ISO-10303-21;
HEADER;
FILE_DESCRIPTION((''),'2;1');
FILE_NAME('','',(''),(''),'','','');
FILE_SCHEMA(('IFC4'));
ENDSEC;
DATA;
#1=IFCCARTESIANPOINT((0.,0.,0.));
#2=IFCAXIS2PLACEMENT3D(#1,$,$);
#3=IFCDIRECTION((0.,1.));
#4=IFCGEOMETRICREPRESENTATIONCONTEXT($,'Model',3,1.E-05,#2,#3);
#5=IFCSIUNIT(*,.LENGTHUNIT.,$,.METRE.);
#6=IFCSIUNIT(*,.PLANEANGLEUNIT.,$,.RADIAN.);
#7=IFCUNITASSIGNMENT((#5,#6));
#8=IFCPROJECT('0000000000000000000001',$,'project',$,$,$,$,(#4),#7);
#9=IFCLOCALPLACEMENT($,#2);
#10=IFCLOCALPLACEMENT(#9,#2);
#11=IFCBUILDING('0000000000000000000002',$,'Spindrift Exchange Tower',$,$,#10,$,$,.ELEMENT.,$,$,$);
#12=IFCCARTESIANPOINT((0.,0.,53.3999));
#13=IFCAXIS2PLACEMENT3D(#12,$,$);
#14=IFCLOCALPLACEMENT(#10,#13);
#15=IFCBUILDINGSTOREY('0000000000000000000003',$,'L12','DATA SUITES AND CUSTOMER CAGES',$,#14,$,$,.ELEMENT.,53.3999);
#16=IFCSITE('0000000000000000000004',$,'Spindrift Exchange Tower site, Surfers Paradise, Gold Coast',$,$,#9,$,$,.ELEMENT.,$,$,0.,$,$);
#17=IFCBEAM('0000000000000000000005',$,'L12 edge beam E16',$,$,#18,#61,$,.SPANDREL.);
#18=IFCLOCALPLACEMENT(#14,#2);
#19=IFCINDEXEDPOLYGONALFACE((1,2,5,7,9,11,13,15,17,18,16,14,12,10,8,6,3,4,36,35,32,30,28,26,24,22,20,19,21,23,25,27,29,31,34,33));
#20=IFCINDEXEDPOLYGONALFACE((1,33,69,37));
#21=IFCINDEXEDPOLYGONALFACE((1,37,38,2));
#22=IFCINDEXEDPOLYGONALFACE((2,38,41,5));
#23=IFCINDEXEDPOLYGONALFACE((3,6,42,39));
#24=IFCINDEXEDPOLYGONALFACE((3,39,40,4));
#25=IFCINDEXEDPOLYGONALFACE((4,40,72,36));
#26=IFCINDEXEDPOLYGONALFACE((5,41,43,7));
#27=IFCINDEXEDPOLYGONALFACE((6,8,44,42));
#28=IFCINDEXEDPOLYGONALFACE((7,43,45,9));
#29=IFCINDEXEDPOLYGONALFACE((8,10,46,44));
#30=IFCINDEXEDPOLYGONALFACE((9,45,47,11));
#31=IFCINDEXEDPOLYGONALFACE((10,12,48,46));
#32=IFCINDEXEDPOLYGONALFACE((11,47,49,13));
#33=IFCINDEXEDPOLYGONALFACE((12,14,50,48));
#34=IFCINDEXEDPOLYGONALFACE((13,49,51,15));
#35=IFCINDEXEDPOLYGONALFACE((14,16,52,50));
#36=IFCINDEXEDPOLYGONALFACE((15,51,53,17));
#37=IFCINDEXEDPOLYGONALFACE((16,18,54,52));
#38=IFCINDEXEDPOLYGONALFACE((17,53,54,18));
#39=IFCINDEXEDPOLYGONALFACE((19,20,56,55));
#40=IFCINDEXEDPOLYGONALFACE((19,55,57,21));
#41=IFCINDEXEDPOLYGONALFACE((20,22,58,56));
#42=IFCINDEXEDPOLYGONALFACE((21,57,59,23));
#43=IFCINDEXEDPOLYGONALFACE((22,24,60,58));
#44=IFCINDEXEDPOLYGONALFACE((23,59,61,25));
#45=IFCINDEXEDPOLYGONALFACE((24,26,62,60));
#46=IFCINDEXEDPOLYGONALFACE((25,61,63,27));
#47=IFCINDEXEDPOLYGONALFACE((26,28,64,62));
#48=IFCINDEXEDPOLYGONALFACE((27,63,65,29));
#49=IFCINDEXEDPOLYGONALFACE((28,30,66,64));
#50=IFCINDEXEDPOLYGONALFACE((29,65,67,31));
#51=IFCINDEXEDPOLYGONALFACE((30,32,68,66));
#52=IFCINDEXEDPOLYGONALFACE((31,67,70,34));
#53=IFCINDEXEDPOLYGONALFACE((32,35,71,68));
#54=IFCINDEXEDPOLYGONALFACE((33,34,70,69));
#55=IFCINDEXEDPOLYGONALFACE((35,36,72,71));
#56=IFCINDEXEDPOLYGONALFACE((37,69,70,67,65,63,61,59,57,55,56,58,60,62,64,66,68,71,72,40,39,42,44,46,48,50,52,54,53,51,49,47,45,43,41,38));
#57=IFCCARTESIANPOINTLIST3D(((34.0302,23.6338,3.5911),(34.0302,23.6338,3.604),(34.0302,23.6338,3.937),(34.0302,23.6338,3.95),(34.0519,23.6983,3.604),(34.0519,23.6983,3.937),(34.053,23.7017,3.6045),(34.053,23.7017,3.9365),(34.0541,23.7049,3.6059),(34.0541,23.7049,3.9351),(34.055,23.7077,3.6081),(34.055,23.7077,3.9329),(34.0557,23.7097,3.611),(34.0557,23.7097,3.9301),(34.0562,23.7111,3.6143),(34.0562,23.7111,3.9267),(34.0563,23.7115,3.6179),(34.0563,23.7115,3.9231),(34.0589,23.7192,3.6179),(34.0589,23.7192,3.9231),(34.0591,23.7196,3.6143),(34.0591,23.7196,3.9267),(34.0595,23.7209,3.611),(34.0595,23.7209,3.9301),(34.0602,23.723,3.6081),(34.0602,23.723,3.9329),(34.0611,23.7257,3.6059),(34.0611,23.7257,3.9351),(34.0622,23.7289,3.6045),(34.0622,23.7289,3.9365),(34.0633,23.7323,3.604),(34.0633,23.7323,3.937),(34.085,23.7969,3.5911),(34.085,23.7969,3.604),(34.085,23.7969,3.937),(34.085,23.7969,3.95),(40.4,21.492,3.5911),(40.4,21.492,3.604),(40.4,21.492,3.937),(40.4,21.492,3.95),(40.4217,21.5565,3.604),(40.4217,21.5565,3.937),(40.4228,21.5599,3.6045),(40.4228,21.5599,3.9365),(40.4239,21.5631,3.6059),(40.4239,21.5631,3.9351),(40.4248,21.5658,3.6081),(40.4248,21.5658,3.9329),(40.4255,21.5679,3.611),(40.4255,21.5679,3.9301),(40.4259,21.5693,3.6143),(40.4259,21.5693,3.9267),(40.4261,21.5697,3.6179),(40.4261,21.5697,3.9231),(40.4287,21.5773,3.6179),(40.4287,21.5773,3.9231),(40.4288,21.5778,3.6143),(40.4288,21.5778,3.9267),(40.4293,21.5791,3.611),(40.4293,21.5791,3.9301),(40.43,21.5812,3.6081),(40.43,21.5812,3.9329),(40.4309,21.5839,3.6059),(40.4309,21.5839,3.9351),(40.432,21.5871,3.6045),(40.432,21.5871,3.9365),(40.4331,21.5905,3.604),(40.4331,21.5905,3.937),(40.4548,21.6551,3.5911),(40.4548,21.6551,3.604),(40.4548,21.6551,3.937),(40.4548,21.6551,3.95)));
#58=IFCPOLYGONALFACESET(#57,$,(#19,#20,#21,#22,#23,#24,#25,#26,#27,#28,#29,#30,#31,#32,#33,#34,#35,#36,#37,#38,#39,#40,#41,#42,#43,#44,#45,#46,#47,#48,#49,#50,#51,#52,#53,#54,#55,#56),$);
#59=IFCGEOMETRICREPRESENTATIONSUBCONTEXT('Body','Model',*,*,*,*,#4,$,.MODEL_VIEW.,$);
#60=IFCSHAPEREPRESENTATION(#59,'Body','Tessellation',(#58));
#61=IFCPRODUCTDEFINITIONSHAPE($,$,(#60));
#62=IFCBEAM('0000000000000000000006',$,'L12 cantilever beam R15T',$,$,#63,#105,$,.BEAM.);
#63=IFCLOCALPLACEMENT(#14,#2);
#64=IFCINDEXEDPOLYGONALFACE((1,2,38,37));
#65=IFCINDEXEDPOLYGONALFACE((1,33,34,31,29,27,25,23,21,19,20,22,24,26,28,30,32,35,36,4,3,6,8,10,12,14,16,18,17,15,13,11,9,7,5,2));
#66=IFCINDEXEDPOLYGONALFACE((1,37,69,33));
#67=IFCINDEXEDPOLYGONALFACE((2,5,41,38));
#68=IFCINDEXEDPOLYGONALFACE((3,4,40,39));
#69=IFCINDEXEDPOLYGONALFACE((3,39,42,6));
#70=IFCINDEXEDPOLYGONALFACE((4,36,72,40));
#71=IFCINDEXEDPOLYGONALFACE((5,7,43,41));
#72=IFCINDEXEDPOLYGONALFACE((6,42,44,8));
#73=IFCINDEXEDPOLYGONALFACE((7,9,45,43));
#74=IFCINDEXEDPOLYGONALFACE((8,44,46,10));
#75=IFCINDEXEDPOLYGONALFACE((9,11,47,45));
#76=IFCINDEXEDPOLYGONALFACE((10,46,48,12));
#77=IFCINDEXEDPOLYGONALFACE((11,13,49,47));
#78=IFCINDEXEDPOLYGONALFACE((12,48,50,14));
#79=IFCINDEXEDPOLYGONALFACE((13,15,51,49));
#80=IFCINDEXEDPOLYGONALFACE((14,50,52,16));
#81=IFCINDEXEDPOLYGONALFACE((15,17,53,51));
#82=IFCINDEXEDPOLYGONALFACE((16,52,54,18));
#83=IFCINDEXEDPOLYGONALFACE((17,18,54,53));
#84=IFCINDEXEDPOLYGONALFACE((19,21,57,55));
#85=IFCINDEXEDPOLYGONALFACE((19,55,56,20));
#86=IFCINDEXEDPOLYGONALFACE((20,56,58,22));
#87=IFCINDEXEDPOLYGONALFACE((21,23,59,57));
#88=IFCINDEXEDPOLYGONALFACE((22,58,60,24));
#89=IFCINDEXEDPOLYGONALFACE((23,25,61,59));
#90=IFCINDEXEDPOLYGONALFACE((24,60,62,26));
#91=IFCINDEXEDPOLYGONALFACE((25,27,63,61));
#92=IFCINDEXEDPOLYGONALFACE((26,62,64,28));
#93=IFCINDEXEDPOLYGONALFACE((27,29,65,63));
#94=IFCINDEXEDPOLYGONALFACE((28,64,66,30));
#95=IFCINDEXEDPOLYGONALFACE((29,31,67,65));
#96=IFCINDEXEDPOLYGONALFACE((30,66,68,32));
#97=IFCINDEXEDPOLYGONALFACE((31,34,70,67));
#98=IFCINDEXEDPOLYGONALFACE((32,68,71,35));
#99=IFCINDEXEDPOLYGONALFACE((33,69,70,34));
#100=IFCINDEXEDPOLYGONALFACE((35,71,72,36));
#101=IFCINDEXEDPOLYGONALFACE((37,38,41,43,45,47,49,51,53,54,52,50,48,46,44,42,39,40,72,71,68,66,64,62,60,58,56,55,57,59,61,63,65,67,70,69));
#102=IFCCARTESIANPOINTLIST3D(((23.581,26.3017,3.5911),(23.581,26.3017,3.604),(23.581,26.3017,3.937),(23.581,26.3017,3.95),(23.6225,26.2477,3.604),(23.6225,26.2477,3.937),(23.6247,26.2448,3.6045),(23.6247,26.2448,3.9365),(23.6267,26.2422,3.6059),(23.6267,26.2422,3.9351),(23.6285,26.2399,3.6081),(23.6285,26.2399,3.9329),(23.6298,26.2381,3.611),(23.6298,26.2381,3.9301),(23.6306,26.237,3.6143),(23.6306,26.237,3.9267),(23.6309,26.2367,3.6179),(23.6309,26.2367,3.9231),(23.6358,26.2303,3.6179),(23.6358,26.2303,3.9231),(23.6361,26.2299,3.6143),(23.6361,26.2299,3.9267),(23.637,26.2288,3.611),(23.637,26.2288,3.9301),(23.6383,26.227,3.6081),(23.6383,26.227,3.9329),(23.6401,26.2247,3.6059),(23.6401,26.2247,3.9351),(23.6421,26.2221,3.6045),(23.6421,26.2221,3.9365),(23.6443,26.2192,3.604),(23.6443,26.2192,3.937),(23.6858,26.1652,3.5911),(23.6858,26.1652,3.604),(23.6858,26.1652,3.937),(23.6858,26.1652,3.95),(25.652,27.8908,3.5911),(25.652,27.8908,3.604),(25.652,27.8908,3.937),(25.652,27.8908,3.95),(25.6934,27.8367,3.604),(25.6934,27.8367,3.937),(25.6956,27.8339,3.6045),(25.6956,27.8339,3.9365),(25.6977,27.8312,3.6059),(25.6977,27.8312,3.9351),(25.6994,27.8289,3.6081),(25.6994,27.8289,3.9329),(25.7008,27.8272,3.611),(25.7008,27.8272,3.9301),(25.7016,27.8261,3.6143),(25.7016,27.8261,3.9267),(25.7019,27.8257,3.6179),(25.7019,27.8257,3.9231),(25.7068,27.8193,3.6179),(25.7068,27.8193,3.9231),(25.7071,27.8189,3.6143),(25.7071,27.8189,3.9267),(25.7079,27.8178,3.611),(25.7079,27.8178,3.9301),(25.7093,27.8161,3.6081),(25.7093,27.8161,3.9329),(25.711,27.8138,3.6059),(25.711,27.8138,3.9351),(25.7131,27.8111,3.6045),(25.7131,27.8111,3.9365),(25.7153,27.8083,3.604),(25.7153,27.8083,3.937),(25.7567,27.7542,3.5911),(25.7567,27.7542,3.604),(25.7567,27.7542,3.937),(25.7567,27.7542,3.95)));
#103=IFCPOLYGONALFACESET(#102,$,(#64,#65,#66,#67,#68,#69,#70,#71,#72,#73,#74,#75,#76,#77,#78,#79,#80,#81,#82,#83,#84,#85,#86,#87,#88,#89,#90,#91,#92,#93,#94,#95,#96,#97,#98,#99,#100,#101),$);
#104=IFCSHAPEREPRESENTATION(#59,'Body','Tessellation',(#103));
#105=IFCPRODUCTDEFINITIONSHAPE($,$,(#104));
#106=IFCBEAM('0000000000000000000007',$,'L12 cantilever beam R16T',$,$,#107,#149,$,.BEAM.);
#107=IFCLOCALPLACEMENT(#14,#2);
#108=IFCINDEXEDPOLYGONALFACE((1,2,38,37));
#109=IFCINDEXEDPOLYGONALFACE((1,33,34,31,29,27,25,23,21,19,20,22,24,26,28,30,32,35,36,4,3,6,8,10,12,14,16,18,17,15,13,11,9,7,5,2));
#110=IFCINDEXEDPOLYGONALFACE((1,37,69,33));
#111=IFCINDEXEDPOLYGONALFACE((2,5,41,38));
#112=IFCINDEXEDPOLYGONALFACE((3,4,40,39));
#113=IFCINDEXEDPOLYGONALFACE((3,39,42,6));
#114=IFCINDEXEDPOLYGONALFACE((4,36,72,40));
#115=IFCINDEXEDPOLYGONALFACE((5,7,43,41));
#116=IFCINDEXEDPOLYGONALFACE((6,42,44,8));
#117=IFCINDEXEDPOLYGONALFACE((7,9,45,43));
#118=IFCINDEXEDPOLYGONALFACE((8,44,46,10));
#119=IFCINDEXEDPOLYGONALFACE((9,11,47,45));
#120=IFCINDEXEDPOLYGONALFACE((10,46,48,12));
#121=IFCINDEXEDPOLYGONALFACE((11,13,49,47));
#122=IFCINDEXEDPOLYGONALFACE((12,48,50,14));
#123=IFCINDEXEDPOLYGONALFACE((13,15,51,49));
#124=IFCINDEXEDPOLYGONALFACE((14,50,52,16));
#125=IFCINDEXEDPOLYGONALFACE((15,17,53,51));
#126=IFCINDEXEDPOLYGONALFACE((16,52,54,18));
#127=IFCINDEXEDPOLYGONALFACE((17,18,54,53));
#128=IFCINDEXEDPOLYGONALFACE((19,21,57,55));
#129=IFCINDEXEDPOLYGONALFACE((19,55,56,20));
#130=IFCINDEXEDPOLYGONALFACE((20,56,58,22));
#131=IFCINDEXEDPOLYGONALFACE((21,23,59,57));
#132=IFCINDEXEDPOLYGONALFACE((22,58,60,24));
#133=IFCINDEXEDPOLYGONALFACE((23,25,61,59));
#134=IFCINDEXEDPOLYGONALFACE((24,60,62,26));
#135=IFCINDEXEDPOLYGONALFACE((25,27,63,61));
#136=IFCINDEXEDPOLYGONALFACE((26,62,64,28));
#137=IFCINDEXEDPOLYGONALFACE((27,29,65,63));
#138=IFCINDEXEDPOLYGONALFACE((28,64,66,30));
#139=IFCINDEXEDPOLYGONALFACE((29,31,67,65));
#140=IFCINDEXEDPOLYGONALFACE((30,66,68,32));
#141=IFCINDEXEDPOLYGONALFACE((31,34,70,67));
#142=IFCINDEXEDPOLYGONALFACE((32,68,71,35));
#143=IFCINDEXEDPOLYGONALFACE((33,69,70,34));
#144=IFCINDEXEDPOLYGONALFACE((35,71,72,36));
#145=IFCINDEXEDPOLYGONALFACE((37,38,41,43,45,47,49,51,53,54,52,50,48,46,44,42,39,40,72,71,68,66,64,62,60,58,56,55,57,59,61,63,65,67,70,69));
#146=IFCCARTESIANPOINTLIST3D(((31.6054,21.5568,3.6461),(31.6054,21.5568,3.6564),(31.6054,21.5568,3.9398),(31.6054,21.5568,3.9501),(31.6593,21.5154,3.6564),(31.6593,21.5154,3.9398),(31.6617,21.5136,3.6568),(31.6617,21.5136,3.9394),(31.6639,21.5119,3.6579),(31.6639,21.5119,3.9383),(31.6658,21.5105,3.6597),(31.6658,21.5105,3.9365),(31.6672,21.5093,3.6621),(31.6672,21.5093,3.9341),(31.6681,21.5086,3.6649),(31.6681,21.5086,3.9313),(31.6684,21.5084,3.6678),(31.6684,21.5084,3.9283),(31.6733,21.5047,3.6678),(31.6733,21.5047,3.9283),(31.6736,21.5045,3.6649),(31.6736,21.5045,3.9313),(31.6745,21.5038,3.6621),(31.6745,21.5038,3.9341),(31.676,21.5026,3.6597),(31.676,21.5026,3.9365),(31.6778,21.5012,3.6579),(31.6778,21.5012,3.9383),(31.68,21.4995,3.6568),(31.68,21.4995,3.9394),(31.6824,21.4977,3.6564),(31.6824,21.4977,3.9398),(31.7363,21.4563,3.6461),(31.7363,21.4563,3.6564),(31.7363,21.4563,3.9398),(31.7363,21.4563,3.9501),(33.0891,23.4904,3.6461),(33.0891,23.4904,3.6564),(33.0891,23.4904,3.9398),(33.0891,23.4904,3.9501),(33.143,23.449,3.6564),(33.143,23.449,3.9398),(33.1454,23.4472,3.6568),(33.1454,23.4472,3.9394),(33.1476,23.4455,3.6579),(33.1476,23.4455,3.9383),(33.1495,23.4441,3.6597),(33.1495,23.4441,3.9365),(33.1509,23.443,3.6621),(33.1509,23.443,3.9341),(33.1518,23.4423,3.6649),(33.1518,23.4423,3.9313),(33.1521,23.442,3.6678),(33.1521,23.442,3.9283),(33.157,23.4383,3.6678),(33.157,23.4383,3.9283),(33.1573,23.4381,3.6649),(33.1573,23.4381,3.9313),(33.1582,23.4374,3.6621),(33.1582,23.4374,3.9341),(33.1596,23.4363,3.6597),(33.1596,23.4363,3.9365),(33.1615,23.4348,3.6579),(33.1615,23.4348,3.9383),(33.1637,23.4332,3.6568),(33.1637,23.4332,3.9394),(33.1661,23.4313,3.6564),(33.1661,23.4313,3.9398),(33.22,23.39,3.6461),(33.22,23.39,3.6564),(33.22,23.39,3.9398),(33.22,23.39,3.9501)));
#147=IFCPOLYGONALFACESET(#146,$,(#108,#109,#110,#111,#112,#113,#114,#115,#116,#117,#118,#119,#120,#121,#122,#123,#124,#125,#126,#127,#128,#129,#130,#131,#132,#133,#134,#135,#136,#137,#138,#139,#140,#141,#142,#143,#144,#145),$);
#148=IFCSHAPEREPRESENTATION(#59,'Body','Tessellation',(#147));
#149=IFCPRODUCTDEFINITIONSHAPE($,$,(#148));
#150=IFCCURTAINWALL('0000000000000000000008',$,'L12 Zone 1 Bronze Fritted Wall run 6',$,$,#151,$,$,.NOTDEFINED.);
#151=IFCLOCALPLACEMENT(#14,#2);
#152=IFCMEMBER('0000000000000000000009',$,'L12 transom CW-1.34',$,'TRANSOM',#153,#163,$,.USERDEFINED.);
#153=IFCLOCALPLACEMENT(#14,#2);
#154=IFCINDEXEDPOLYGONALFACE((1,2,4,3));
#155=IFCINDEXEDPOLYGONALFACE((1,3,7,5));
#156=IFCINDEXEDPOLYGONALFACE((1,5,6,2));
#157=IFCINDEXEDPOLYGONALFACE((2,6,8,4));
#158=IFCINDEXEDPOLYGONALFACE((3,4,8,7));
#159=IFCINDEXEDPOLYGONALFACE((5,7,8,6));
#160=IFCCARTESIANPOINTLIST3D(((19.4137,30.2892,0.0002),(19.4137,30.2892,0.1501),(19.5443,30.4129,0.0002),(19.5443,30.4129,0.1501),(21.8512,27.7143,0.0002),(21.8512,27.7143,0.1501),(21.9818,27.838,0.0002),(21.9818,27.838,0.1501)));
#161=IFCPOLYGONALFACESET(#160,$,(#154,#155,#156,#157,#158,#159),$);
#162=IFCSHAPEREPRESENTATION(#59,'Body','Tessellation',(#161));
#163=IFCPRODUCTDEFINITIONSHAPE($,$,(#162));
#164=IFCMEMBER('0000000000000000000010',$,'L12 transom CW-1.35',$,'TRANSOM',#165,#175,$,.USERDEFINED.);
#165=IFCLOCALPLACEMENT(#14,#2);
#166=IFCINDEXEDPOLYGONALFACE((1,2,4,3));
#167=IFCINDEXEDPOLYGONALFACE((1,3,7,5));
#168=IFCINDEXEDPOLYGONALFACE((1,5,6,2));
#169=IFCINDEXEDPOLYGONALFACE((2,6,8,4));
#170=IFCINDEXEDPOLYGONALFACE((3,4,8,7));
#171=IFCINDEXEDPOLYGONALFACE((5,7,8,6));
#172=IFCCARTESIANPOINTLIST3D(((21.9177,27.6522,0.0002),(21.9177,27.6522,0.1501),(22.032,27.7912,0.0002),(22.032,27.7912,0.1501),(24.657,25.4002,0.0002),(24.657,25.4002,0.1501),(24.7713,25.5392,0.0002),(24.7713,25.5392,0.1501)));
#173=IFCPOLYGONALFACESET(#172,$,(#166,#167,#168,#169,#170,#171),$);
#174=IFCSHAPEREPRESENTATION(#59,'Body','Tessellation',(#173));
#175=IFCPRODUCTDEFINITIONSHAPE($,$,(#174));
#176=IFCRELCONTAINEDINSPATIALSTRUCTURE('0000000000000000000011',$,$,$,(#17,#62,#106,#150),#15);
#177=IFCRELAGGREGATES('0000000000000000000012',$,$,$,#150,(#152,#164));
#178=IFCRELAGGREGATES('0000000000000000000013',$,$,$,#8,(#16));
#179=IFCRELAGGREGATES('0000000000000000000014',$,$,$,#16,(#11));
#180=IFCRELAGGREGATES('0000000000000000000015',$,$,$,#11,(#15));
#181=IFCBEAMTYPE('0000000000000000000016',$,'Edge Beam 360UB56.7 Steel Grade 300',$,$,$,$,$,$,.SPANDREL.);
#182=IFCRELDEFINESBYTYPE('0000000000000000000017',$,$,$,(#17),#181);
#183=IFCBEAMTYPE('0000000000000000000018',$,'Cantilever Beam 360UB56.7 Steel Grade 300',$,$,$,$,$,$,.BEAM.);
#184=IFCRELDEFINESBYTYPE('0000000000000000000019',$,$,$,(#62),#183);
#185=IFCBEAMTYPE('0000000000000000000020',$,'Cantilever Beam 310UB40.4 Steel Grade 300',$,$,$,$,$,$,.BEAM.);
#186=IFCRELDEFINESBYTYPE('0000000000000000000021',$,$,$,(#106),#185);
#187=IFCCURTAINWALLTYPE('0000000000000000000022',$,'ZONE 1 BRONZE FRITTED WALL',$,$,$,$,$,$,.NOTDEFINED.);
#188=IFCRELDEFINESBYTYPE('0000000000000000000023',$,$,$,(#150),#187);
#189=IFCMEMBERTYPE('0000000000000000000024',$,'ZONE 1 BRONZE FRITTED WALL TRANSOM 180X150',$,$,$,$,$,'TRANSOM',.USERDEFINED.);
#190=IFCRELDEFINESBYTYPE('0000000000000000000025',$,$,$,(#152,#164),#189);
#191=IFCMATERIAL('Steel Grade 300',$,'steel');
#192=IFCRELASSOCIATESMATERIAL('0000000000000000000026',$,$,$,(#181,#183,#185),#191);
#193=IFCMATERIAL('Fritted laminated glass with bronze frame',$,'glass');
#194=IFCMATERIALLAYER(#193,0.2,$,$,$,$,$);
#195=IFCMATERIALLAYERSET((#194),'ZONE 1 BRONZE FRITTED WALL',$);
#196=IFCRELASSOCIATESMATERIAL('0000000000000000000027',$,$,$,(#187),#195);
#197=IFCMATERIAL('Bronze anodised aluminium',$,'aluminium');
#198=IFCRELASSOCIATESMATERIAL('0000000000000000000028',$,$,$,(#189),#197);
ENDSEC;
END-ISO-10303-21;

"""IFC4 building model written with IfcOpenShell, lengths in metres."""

from ifc_helpers import new_model, si_unit, direction, frame, origin, origin_2d, place, context, subcontext, project, spatial, rectangle, i_section, extrude, source, transform, mapped, material, layer, layer_set, material_profile, profile_set, type_object, element, aggregate, save


model = new_model("IFC4")

# Units and contexts
model_context = context("Model", 3, precision=1e-05, world=origin(), true_north=direction((0.0, 1.0)))
body_context = subcontext(model_context, "Body", "Model", "MODEL_VIEW")
ifc_project = project(units=[si_unit("LENGTHUNIT", "METRE"), si_unit("PLANEANGLEUNIT", "RADIAN")], contexts=[model_context])

# Site, building, storey
site_placement = place(None, origin())
site = spatial("IfcSite", under=ifc_project, at=site_placement, Name="Spindrift Exchange Tower site, Surfers Paradise, Gold Coast", CompositionType="ELEMENT", RefElevation=0.0)
building_placement = place(site_placement, origin())
building = spatial("IfcBuilding", under=site, at=building_placement, Name="Spindrift Exchange Tower", CompositionType="ELEMENT")
storey_placement = place(building_placement, frame((0.0, 0.0, 53.3999)))
storey = spatial("IfcBuildingStorey", under=building, at=storey_placement, Name="L12", Description="DATA SUITES AND CUSTOMER CAGES", CompositionType="ELEMENT", Elevation=53.3999)

# Beams
ifc_material_1 = material(Name="Steel Grade 300", Category="steel")
ifc_material_profile_1 = material_profile(ifc_material_1, i_section(OverallWidth=0.1721, OverallDepth=0.3589, WebThickness=0.0081, FlangeThickness=0.0129, FilletRadius=0.0139, at=origin_2d()), Name="360UB56.7")
ifc_profile_set_1 = profile_set([ifc_material_profile_1], Name="Steel Grade 300")
beam_type_1 = type_object("IfcBeamType", Name="Edge Beam 360UB56.7 Steel Grade 300", PredefinedType="SPANDREL", material=ifc_profile_set_1)
shared_shape_1 = source(origin(), body_context, "Body", "SweptSolid", [
    extrude(i_section(OverallWidth=0.1721, OverallDepth=0.3589, WebThickness=0.0081, FlangeThickness=0.0129, FilletRadius=0.0139, at=origin_2d()), origin(), (0.0, 0.0, 1.0), 6.7202),
])
beam_1_placement = place(storey_placement, frame((34.0576, 23.7153, 3.7705), z_axis=(0.947852, -0.318712, 0.0), x_axis=(0.318712, 0.947852, 0.0)))
element("IfcBeam", 1, at=beam_1_placement, inside=storey, type_object=beam_type_1, Name="L12 edge beam E16", PredefinedType="SPANDREL", context=body_context, shape_type="MappedRepresentation", body=[
    mapped(shared_shape_1, transform((0.0, 0.0, 0.0), scale=1.0)),
])
ifc_material_profile_2 = material_profile(ifc_material_1, i_section(OverallWidth=0.1721, OverallDepth=0.3589, WebThickness=0.0081, FlangeThickness=0.0129, FilletRadius=0.0139, at=origin_2d()), Name="360UB56.7")
ifc_profile_set_2 = profile_set([ifc_material_profile_2], Name="Steel Grade 300")
beam_type_2 = type_object("IfcBeamType", Name="Cantilever Beam 360UB56.7 Steel Grade 300", PredefinedType="BEAM", material=ifc_profile_set_2)
shared_shape_2 = source(origin(), body_context, "Body", "SweptSolid", [
    extrude(i_section(OverallWidth=0.1721, OverallDepth=0.3589, WebThickness=0.0081, FlangeThickness=0.0129, FilletRadius=0.0139, at=origin_2d()), origin(), (0.0, 0.0, 1.0), 2.6104),
])
beam_2_placement = place(storey_placement, frame((25.7043, 27.8225, 3.7705), z_axis=(-0.793364, -0.608748, 0.0), x_axis=(0.608748, -0.793364, 0.0)))
element("IfcBeam", 2, at=beam_2_placement, inside=storey, type_object=beam_type_2, Name="L12 cantilever beam R15T", PredefinedType="BEAM", context=body_context, shape_type="MappedRepresentation", body=[
    mapped(shared_shape_2, transform((0.0, 0.0, 0.0), scale=1.0)),
])
ifc_material_profile_3 = material_profile(ifc_material_1, i_section(OverallWidth=0.165, OverallDepth=0.304, WebThickness=0.0061, FlangeThickness=0.0103, FilletRadius=0.0115, at=origin_2d()), Name="310UB40.4")
ifc_profile_set_3 = profile_set([ifc_material_profile_3], Name="Steel Grade 300")
beam_type_3 = type_object("IfcBeamType", Name="Cantilever Beam 310UB40.4 Steel Grade 300", PredefinedType="BEAM", material=ifc_profile_set_3)
shared_shape_3 = source(origin(), body_context, "Body", "SweptSolid", [
    extrude(i_section(OverallWidth=0.165, OverallDepth=0.304, WebThickness=0.0061, FlangeThickness=0.0103, FilletRadius=0.0115, at=origin_2d()), origin(), (0.0, 0.0, 1.0), 2.4373),
])
beam_3_placement = place(storey_placement, frame((33.1545, 23.4402, 3.7981), z_axis=(-0.608747, -0.793364, 0.0), x_axis=(0.793364, -0.608747, 0.0)))
element("IfcBeam", 3, at=beam_3_placement, inside=storey, type_object=beam_type_3, Name="L12 cantilever beam R16T", PredefinedType="BEAM", context=body_context, shape_type="MappedRepresentation", body=[
    mapped(shared_shape_3, transform((0.0, 0.0, 0.0), scale=1.0)),
])

# Curtain wall, members
ifc_material_2 = material(Name="Fritted laminated glass with bronze frame", Category="glass")
ifc_layer_1 = layer(ifc_material_2, 0.2)
ifc_layer_set_1 = layer_set([ifc_layer_1], Name="ZONE 1 BRONZE FRITTED WALL")
curtain_wall_type = type_object("IfcCurtainWallType", Name="ZONE 1 BRONZE FRITTED WALL", PredefinedType="NOTDEFINED", material=ifc_layer_set_1)
curtain_wall_1_placement = place(storey_placement, origin())
curtain_wall_1 = element("IfcCurtainWall", 4, at=curtain_wall_1_placement, inside=storey, type_object=curtain_wall_type, Name="L12 Zone 1 Bronze Fritted Wall run 6", PredefinedType="NOTDEFINED")
ifc_material_3 = material(Name="Bronze anodised aluminium", Category="aluminium")
ifc_material_profile_4 = material_profile(ifc_material_3, rectangle(XDim=0.1799, YDim=0.1499, at=origin_2d()), Name="ZONE 1 BRONZE FRITTED WALL TRANSOM 180X150")
ifc_profile_set_4 = profile_set([ifc_material_profile_4], Name="Bronze anodised aluminium")
member_type_1 = type_object("IfcMemberType", Name="ZONE 1 BRONZE FRITTED WALL TRANSOM 180X150", ElementType="TRANSOM", PredefinedType="USERDEFINED", material=ifc_profile_set_4)
shared_shape_4 = source(origin(), body_context, "Body", "SweptSolid", [
    extrude(rectangle(XDim=0.1799, YDim=0.1499, at=origin_2d()), origin(), (0.0, 0.0, 1.0), 3.5457),
])
member_1_placement = place(storey_placement, frame((19.479, 30.3511, 0.0752), z_axis=(0.687458, -0.726224, 0.0), x_axis=(0.726224, 0.687458, 0.0)))
member_1 = element("IfcMember", 5, at=member_1_placement, type_object=member_type_1, Name="L12 transom CW-1.34", ObjectType="TRANSOM", PredefinedType="USERDEFINED", context=body_context, shape_type="MappedRepresentation", body=[
    mapped(shared_shape_4, transform((0.0, 0.0, 0.0), scale=1.0)),
])
shared_shape_5 = source(origin(), body_context, "Body", "SweptSolid", [
    extrude(rectangle(XDim=0.1799, YDim=0.1499, at=origin_2d()), origin(), (0.0, 0.0, 1.0), 3.5461),
])
member_2_placement = place(storey_placement, frame((21.9749, 27.7217, 0.0752), z_axis=(0.772471, -0.635051, 0.0), x_axis=(0.635051, 0.772471, 0.0)))
member_2 = element("IfcMember", 6, at=member_2_placement, type_object=member_type_1, Name="L12 transom CW-1.35", ObjectType="TRANSOM", PredefinedType="USERDEFINED", context=body_context, shape_type="MappedRepresentation", body=[
    mapped(shared_shape_5, transform((0.0, 0.0, 0.0), scale=1.0)),
])

aggregate(curtain_wall_1, [member_1, member_2])

save(model, "model.ifc")
